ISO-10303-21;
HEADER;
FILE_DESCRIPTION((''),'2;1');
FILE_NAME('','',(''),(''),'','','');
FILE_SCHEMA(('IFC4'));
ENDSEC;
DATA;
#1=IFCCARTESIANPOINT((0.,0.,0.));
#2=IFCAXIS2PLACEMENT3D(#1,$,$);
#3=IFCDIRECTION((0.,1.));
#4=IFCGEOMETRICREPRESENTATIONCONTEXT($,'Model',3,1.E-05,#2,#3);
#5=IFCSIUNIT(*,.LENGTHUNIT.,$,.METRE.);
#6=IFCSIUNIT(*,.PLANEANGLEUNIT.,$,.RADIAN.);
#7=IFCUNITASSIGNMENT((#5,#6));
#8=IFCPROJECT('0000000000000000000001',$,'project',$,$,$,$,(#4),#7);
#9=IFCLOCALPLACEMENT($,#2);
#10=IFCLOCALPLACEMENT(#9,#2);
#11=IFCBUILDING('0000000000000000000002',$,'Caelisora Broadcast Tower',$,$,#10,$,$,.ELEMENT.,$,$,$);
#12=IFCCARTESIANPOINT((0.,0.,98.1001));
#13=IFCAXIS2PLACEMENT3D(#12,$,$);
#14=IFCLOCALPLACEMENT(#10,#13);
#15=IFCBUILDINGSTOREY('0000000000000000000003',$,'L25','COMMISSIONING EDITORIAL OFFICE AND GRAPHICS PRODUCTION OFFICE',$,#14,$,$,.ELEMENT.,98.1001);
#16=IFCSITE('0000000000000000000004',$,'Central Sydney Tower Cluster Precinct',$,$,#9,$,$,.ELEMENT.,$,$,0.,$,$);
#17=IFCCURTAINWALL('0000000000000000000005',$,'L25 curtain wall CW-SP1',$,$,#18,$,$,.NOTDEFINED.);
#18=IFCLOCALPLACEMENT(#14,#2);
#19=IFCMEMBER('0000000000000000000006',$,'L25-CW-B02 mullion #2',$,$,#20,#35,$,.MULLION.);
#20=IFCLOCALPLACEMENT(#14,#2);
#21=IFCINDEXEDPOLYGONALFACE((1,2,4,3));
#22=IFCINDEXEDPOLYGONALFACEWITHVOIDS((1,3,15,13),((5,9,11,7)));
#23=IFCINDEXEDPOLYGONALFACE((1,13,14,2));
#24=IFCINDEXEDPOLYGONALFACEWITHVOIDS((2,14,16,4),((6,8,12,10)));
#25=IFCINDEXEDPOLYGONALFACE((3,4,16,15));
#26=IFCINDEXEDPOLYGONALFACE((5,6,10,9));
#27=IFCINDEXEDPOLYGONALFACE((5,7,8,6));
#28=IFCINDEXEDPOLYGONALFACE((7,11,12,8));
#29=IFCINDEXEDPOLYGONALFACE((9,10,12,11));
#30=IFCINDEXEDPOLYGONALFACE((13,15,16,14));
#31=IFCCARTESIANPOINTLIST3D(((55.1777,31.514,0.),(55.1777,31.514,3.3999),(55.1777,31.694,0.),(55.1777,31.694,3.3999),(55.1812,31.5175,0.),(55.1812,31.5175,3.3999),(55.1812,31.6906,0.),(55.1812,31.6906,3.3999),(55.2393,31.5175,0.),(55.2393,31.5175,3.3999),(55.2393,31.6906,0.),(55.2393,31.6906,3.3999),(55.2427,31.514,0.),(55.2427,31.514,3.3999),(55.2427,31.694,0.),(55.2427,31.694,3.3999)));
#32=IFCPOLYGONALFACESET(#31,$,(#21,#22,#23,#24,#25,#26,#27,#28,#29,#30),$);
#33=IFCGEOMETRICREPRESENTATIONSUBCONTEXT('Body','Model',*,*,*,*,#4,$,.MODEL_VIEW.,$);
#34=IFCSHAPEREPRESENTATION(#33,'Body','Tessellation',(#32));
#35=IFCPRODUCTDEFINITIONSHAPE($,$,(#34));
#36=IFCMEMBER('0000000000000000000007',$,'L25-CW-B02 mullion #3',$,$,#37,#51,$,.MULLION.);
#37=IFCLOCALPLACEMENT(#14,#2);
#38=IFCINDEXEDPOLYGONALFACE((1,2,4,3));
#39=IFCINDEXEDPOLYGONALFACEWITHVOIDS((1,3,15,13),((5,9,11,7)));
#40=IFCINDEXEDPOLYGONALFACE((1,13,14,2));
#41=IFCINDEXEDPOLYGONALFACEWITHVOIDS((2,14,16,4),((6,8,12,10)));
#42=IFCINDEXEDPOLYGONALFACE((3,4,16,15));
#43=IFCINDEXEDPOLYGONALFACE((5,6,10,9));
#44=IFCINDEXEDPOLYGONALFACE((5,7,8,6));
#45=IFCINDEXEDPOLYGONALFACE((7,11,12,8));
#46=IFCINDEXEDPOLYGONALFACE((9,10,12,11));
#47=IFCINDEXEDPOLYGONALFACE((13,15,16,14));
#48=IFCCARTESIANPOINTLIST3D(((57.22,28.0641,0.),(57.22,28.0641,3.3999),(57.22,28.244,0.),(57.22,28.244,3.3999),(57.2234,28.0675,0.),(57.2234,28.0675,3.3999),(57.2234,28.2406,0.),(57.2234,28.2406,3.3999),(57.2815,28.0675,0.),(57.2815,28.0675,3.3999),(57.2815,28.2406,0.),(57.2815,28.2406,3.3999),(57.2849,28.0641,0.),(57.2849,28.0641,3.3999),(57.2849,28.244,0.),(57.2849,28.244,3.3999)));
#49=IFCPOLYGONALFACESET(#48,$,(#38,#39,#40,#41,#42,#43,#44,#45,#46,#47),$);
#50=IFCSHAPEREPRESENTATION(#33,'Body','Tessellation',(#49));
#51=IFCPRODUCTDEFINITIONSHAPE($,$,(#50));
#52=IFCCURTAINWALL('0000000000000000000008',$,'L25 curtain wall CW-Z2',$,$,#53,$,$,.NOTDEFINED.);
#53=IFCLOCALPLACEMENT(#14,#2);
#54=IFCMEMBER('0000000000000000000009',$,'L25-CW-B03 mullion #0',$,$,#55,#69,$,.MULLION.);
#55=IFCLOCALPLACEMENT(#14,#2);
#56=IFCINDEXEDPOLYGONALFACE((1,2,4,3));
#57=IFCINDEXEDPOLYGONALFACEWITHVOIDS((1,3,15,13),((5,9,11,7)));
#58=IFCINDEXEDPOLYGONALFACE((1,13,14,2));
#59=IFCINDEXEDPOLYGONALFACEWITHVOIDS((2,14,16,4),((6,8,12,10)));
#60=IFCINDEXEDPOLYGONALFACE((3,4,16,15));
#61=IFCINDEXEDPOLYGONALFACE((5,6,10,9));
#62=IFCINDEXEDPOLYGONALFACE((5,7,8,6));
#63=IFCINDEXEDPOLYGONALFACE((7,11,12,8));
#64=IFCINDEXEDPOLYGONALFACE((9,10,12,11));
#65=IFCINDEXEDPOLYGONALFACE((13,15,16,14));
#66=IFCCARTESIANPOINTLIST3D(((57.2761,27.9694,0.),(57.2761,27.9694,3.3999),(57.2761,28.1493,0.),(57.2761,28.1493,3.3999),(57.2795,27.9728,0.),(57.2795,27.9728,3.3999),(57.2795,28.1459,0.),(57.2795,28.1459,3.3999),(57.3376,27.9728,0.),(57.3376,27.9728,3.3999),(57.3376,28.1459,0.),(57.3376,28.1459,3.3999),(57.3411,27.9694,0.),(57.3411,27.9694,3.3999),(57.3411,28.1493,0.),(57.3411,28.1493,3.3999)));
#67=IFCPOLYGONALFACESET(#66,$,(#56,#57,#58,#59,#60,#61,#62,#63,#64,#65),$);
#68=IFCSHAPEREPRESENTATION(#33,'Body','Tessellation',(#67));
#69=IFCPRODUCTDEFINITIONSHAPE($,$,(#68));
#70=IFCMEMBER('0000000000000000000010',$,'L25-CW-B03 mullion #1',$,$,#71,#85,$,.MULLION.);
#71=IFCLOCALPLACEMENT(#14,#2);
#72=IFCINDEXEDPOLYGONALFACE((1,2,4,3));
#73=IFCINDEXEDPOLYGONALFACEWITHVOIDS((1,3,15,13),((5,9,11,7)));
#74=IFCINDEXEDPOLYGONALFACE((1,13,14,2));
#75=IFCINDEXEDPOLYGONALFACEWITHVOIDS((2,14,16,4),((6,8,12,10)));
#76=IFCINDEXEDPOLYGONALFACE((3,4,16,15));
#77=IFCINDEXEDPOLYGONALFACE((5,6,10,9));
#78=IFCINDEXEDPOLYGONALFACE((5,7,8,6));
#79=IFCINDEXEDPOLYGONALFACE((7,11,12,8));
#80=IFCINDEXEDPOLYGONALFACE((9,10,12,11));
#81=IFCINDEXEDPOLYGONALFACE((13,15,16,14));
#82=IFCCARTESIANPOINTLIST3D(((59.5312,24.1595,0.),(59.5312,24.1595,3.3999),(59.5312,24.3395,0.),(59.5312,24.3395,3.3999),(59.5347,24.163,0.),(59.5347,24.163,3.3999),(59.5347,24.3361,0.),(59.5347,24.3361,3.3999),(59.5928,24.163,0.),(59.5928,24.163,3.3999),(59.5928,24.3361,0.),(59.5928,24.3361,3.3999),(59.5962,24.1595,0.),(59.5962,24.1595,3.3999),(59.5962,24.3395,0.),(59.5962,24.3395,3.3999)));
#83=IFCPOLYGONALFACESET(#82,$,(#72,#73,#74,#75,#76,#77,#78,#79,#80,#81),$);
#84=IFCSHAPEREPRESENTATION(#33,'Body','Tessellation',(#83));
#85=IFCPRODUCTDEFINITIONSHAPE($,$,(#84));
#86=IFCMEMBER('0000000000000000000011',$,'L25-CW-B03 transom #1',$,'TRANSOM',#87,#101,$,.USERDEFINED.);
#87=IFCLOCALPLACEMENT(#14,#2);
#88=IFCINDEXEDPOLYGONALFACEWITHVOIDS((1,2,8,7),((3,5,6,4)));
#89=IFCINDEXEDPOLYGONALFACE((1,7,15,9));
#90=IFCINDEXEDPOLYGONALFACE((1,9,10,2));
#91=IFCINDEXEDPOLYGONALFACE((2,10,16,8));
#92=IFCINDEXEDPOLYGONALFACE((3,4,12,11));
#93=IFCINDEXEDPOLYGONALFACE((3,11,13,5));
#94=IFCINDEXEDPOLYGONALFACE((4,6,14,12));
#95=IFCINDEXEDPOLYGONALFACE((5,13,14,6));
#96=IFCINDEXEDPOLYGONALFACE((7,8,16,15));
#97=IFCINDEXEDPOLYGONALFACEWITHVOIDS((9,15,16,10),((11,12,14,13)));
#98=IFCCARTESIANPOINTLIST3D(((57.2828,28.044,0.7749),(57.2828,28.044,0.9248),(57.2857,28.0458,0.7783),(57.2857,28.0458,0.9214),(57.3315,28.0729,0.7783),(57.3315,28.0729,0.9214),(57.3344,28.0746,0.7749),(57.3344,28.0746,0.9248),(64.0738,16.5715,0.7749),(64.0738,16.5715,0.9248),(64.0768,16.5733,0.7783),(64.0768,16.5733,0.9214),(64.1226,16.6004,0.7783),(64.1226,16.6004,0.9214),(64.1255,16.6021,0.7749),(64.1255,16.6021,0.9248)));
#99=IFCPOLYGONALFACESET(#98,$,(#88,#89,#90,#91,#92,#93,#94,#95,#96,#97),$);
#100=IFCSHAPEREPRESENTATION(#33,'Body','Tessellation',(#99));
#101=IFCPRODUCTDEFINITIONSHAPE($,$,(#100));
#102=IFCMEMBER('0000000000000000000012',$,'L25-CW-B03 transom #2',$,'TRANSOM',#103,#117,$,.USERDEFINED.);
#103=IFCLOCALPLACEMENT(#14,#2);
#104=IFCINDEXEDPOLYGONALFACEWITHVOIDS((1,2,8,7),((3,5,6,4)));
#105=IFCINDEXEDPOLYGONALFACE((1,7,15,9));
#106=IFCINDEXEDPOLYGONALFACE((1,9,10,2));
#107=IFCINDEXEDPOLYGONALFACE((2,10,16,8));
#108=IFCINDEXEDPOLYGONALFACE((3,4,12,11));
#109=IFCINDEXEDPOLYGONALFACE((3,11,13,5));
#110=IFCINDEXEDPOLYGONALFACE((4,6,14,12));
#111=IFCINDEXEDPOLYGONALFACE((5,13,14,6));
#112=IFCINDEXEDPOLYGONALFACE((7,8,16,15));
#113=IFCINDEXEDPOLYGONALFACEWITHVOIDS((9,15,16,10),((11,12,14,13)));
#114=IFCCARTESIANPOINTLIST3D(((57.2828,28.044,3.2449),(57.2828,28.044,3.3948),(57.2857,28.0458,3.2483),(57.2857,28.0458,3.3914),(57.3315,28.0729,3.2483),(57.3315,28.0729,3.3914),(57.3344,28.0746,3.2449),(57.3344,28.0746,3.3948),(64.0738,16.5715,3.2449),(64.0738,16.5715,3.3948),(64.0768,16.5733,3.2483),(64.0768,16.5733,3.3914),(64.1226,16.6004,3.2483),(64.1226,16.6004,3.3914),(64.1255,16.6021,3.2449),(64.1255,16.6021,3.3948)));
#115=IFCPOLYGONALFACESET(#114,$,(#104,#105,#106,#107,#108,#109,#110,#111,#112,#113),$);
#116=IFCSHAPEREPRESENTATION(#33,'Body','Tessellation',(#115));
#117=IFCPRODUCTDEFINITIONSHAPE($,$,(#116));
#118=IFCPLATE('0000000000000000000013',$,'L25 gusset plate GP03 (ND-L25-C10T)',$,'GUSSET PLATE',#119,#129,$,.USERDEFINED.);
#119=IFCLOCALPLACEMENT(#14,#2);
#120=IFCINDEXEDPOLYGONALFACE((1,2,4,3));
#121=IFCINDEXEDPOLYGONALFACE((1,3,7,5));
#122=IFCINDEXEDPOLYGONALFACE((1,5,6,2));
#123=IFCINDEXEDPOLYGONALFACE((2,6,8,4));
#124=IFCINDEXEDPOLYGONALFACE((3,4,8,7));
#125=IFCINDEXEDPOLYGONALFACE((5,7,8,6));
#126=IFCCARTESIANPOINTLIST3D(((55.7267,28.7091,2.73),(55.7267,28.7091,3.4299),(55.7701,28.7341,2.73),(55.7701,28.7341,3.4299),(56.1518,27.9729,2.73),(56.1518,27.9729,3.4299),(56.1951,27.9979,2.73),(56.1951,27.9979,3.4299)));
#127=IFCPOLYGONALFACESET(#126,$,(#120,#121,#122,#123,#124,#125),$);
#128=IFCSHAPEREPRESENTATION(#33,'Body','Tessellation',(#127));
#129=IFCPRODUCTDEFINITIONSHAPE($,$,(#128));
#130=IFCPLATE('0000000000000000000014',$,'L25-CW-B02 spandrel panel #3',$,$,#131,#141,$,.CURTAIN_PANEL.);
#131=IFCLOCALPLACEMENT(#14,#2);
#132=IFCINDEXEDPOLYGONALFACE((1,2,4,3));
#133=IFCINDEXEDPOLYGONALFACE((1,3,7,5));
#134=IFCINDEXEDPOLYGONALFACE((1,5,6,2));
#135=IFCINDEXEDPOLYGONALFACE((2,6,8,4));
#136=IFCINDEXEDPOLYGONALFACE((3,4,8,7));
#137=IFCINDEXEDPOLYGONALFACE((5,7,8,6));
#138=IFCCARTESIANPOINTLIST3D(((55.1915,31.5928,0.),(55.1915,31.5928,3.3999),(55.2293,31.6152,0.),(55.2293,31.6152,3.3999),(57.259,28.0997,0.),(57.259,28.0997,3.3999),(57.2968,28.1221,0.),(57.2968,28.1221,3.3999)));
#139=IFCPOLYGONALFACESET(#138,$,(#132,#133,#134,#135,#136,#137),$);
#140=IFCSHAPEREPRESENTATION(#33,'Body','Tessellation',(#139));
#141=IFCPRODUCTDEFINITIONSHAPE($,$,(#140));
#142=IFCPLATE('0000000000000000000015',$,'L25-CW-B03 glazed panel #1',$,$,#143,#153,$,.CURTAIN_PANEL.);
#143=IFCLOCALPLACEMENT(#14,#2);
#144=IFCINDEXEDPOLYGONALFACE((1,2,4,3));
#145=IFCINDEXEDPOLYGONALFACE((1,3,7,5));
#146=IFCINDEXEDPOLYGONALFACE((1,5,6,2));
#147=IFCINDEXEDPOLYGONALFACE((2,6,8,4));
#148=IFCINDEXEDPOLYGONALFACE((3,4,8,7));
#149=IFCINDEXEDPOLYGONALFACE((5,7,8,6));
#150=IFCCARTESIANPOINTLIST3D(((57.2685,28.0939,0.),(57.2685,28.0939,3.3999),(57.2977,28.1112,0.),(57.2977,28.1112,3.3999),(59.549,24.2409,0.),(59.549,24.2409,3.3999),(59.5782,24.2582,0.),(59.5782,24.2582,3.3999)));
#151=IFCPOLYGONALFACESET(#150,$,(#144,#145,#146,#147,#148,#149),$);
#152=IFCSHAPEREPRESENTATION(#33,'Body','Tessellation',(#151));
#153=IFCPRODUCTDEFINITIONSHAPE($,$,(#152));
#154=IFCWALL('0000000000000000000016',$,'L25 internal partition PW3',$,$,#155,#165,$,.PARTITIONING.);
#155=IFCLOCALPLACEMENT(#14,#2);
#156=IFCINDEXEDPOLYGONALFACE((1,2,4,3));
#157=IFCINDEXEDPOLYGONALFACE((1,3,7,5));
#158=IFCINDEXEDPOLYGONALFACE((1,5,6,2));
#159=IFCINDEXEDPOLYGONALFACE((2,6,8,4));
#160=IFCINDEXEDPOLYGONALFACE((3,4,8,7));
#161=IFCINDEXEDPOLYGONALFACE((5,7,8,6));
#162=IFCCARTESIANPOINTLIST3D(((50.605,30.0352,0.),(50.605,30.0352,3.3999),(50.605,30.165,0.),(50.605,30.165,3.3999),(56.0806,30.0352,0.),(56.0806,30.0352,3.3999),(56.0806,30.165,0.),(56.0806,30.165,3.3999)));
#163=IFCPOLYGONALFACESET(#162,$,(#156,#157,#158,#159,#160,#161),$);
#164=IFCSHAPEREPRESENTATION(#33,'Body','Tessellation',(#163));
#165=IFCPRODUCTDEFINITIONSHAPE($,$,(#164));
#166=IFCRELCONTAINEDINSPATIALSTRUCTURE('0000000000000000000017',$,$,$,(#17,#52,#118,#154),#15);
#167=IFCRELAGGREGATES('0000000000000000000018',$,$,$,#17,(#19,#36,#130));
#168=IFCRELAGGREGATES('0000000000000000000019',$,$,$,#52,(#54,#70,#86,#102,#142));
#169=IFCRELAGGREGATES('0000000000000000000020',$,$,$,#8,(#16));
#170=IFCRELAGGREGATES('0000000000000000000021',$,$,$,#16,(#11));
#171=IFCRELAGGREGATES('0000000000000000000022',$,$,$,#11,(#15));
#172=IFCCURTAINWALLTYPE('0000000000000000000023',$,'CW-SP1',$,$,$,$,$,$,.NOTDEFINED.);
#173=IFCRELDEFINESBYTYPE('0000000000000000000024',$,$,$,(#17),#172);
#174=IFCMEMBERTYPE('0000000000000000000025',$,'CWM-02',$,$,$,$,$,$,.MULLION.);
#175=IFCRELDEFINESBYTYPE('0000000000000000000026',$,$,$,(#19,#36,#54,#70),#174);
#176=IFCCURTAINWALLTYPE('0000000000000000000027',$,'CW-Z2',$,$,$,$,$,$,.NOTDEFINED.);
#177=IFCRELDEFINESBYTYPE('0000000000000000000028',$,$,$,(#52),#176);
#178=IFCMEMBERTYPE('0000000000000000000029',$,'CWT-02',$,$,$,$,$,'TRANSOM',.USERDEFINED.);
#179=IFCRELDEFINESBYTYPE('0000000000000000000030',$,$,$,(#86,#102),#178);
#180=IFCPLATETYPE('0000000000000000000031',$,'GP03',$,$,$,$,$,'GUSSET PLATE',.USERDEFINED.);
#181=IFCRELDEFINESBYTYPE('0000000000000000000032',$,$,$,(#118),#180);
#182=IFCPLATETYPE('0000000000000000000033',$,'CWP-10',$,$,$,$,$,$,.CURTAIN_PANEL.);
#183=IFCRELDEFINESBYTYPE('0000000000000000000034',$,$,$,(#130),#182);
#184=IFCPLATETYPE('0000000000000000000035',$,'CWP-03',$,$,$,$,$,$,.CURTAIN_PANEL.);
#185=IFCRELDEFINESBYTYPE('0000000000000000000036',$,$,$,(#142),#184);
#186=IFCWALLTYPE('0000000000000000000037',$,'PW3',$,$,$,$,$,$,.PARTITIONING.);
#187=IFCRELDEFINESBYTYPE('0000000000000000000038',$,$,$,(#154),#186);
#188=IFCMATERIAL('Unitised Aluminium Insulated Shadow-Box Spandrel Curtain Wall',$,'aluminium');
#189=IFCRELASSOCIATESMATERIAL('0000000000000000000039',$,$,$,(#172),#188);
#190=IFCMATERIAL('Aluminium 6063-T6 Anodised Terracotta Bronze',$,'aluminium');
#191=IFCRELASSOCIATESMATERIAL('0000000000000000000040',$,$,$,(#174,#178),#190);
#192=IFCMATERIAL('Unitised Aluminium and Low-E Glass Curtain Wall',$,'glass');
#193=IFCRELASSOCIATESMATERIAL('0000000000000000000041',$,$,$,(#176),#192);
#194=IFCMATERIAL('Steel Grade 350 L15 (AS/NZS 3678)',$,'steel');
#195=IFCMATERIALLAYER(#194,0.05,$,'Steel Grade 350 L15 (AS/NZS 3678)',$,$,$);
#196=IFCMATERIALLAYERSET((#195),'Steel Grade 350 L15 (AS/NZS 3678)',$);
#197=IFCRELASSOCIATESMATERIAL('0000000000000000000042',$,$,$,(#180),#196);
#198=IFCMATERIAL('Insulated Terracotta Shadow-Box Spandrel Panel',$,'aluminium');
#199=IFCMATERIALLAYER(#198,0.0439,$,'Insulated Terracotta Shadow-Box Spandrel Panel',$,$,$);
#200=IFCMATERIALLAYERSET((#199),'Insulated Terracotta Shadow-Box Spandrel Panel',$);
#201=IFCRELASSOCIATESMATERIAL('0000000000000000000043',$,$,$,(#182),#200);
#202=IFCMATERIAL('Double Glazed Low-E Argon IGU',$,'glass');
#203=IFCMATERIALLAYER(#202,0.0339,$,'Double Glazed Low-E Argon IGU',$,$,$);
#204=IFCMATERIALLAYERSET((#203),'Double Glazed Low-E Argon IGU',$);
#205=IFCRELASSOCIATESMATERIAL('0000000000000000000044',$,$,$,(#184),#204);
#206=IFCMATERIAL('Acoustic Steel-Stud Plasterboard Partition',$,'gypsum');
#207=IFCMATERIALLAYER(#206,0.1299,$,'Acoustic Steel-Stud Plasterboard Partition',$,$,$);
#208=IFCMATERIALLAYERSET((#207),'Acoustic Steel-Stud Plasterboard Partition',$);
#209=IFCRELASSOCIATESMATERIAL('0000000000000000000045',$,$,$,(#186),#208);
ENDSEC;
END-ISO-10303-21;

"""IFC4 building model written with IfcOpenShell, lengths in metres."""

from ifc_helpers import new_model, si_unit, direction, frame, frame_2d, origin, origin_2d, place, context, subcontext, project, spatial, rectangle, hollow_rectangle, extrude, source, transform, mapped, material, layer, layer_set, material_profile, profile_set, type_object, type_shapes, element, aggregate, save


model = new_model("IFC4")

# Units and contexts
model_context = context("Model", 3, precision=1e-05, world=origin(), true_north=direction((0.0, 1.0)))
body_context = subcontext(model_context, "Body", "Model", "MODEL_VIEW")
ifc_project = project(units=[si_unit("LENGTHUNIT", "METRE"), si_unit("PLANEANGLEUNIT", "RADIAN")], contexts=[model_context])

# Site, building, storey
site_placement = place(None, origin())
site = spatial("IfcSite", under=ifc_project, at=site_placement, Name="Central Sydney Tower Cluster Precinct", CompositionType="ELEMENT", RefElevation=0.0)
building_placement = place(site_placement, origin())
building = spatial("IfcBuilding", under=site, at=building_placement, Name="Caelisora Broadcast Tower", CompositionType="ELEMENT")
storey_placement = place(building_placement, frame((0.0, 0.0, 98.1001)))
storey = spatial("IfcBuildingStorey", under=building, at=storey_placement, Name="L25", Description="COMMISSIONING EDITORIAL OFFICE AND GRAPHICS PRODUCTION OFFICE", CompositionType="ELEMENT", Elevation=98.1001)

# Shared definitions
ifc_material_1 = material(Name="Steel Grade 350 L15 (AS/NZS 3678)", Category="steel")

# Curtain walls, members
ifc_material_2 = material(Name="Unitised Aluminium Insulated Shadow-Box Spandrel Curtain Wall", Category="aluminium")
curtain_wall_type_1 = type_object("IfcCurtainWallType", Name="CW-SP1", PredefinedType="NOTDEFINED", material=ifc_material_2)
curtain_wall_1_placement = place(storey_placement, origin())
curtain_wall_1 = element("IfcCurtainWall", 1, at=curtain_wall_1_placement, inside=storey, type_object=curtain_wall_type_1, Name="L25 curtain wall CW-SP1", PredefinedType="NOTDEFINED")
ifc_material_3 = material(Name="Aluminium 6063-T6 Anodised Terracotta Bronze", Category="aluminium")
ifc_material_profile_1 = material_profile(ifc_material_3, hollow_rectangle(XDim=0.0649, YDim=0.1799, WallThickness=0.0034, at=origin_2d()), Name="Aluminium 6063-T6 Anodised Terracotta Bronze")
ifc_profile_set_1 = profile_set([ifc_material_profile_1], Name="Aluminium 6063-T6 Anodised Terracotta Bronze")
member_type_1 = type_object("IfcMemberType", Name="CWM-02", PredefinedType="MULLION", material=ifc_profile_set_1)
shared_shape_1 = source(origin(), body_context, "Body", "SweptSolid", [
    extrude(hollow_rectangle(XDim=0.0649, YDim=0.1799, WallThickness=0.0034, at=origin_2d()), origin(), (0.0, 0.0, 1.0), 3.3999),
])
type_shapes(member_type_1, [shared_shape_1])
member_1_placement = place(storey_placement, frame((55.2102, 31.604, 0.0), z_axis=(0.0, 0.0, 1.0), x_axis=(1.0, 0.0, 0.0)))
member_1 = element("IfcMember", 2, at=member_1_placement, type_object=member_type_1, Name="L25-CW-B02 mullion #2", PredefinedType="MULLION", context=body_context, shape_type="MappedRepresentation", body=[
    mapped(shared_shape_1, transform((0.0, 0.0, 0.0), scale=1.0)),
])
member_2_placement = place(storey_placement, frame((57.2524, 28.1541, 0.0), z_axis=(0.0, 0.0, 1.0), x_axis=(1.0, 0.0, 0.0)))
member_2 = element("IfcMember", 3, at=member_2_placement, type_object=member_type_1, Name="L25-CW-B02 mullion #3", PredefinedType="MULLION", context=body_context, shape_type="MappedRepresentation", body=[
    mapped(shared_shape_1, transform((0.0, 0.0, 0.0), scale=1.0)),
])
ifc_material_4 = material(Name="Unitised Aluminium and Low-E Glass Curtain Wall", Category="glass")
curtain_wall_type_2 = type_object("IfcCurtainWallType", Name="CW-Z2", PredefinedType="NOTDEFINED", material=ifc_material_4)
curtain_wall_2_placement = place(storey_placement, origin())
curtain_wall_2 = element("IfcCurtainWall", 4, at=curtain_wall_2_placement, inside=storey, type_object=curtain_wall_type_2, Name="L25 curtain wall CW-Z2", PredefinedType="NOTDEFINED")
member_3_placement = place(storey_placement, frame((57.3086, 28.0593, 0.0), z_axis=(0.0, 0.0, 1.0), x_axis=(1.0, 0.0, 0.0)))
member_3 = element("IfcMember", 5, at=member_3_placement, type_object=member_type_1, Name="L25-CW-B03 mullion #0", PredefinedType="MULLION", context=body_context, shape_type="MappedRepresentation", body=[
    mapped(shared_shape_1, transform((0.0, 0.0, 0.0), scale=1.0)),
])
member_4_placement = place(storey_placement, frame((59.5637, 24.2495, 0.0), z_axis=(0.0, 0.0, 1.0), x_axis=(1.0, 0.0, 0.0)))
member_4 = element("IfcMember", 6, at=member_4_placement, type_object=member_type_1, Name="L25-CW-B03 mullion #1", PredefinedType="MULLION", context=body_context, shape_type="MappedRepresentation", body=[
    mapped(shared_shape_1, transform((0.0, 0.0, 0.0), scale=1.0)),
])
ifc_material_profile_2 = material_profile(ifc_material_3, hollow_rectangle(XDim=0.0601, YDim=0.1499, WallThickness=0.0034, at=origin_2d()), Name="Aluminium 6063-T6 Anodised Terracotta Bronze")
ifc_profile_set_2 = profile_set([ifc_material_profile_2], Name="Aluminium 6063-T6 Anodised Terracotta Bronze")
member_type_2 = type_object("IfcMemberType", Name="CWT-02", ElementType="TRANSOM", PredefinedType="USERDEFINED", material=ifc_profile_set_2)
shared_shape_2 = source(origin(), body_context, "Body", "SweptSolid", [
    extrude(hollow_rectangle(XDim=0.0601, YDim=0.1499, WallThickness=0.0034, at=origin_2d()), origin(), (0.0, 0.0, 1.0), 13.3318),
])
type_shapes(member_type_2, [shared_shape_2])
member_5_placement = place(storey_placement, frame((57.3086, 28.0593, 0.8499), z_axis=(0.509389, -0.860537, 0.0), x_axis=(0.860537, 0.509389, 0.0)))
member_5 = element("IfcMember", 7, at=member_5_placement, type_object=member_type_2, Name="L25-CW-B03 transom #1", ObjectType="TRANSOM", PredefinedType="USERDEFINED", context=body_context, shape_type="MappedRepresentation", body=[
    mapped(shared_shape_2, transform((0.0, 0.0, 0.0), scale=1.0)),
])
member_6_placement = place(storey_placement, frame((57.3086, 28.0593, 3.3198), z_axis=(0.509389, -0.860537, 0.0), x_axis=(0.860537, 0.509389, 0.0)))
member_6 = element("IfcMember", 8, at=member_6_placement, type_object=member_type_2, Name="L25-CW-B03 transom #2", ObjectType="TRANSOM", PredefinedType="USERDEFINED", context=body_context, shape_type="MappedRepresentation", body=[
    mapped(shared_shape_2, transform((0.0, 0.0, 0.0), scale=1.0)),
])

# Plates
ifc_layer_1 = layer(ifc_material_1, 0.05, Name="Steel Grade 350 L15 (AS/NZS 3678)")
ifc_layer_set_1 = layer_set([ifc_layer_1], Name="Steel Grade 350 L15 (AS/NZS 3678)")
plate_type_1 = type_object("IfcPlateType", Name="GP03", ElementType="GUSSET PLATE", PredefinedType="USERDEFINED", material=ifc_layer_set_1)
shared_shape_3 = source(origin(), body_context, "Body", "SweptSolid", [
    extrude(rectangle(XDim=0.8501, YDim=0.05, at=origin_2d()), origin(), (0.0, 0.0, 1.0), 0.7),
])
type_shapes(plate_type_1, [shared_shape_3])
plate_1_placement = place(storey_placement, frame((55.9609, 28.3535, 2.73), z_axis=(0.0, 0.0, 1.0), x_axis=(-0.5, 0.866025, 0.0)))
element("IfcPlate", 9, at=plate_1_placement, inside=storey, type_object=plate_type_1, Name="L25 gusset plate GP03 (ND-L25-C10T)", ObjectType="GUSSET PLATE", PredefinedType="USERDEFINED", context=body_context, shape_type="MappedRepresentation", body=[
    mapped(shared_shape_3, transform((0.0, 0.0, 0.0), scale=1.0)),
])
ifc_material_5 = material(Name="Insulated Terracotta Shadow-Box Spandrel Panel", Category="aluminium")
ifc_layer_2 = layer(ifc_material_5, 0.0439, Name="Insulated Terracotta Shadow-Box Spandrel Panel")
ifc_layer_set_2 = layer_set([ifc_layer_2], Name="Insulated Terracotta Shadow-Box Spandrel Panel")
plate_type_2 = type_object("IfcPlateType", Name="CWP-10", PredefinedType="CURTAIN_PANEL", material=ifc_layer_set_2)
shared_shape_4 = source(origin(), body_context, "Body", "SweptSolid", [
    extrude(rectangle(XDim=4.0591, YDim=0.0439, at=origin_2d()), origin(), (0.0, 0.0, 1.0), 3.3999),
])
type_shapes(plate_type_2, [shared_shape_4])
plate_2_placement = place(storey_placement, frame((56.2441, 29.8574, 0.0), z_axis=(0.0, 0.0, 1.0), x_axis=(0.509342, -0.860564, 0.0)))
plate_2 = element("IfcPlate", 10, at=plate_2_placement, type_object=plate_type_2, Name="L25-CW-B02 spandrel panel #3", PredefinedType="CURTAIN_PANEL", context=body_context, shape_type="MappedRepresentation", body=[
    mapped(shared_shape_4, transform((0.0, 0.0, 0.0), scale=1.0)),
])
aggregate(curtain_wall_1, [member_1, member_2, plate_2])
ifc_material_6 = material(Name="Double Glazed Low-E Argon IGU", Category="glass")
ifc_layer_3 = layer(ifc_material_6, 0.0339, Name="Double Glazed Low-E Argon IGU")
ifc_layer_set_3 = layer_set([ifc_layer_3], Name="Double Glazed Low-E Argon IGU")
plate_type_3 = type_object("IfcPlateType", Name="CWP-03", PredefinedType="CURTAIN_PANEL", material=ifc_layer_set_3)
shared_shape_5 = source(origin(), body_context, "Body", "SweptSolid", [
    extrude(rectangle(XDim=4.4773, YDim=0.0339, at=origin_2d()), origin(), (0.0, 0.0, 1.0), 3.3999),
])
type_shapes(plate_type_3, [shared_shape_5])
plate_3_placement = place(storey_placement, frame((58.4233, 26.176, 0.0), z_axis=(0.0, 0.0, 1.0), x_axis=(0.509342, -0.860564, 0.0)))
plate_3 = element("IfcPlate", 11, at=plate_3_placement, type_object=plate_type_3, Name="L25-CW-B03 glazed panel #1", PredefinedType="CURTAIN_PANEL", context=body_context, shape_type="MappedRepresentation", body=[
    mapped(shared_shape_5, transform((0.0, 0.0, 0.0), scale=1.0)),
])
aggregate(curtain_wall_2, [member_3, member_4, member_5, member_6, plate_3])

# Wall
ifc_material_7 = material(Name="Acoustic Steel-Stud Plasterboard Partition", Category="gypsum")
ifc_layer_4 = layer(ifc_material_7, 0.1299, Name="Acoustic Steel-Stud Plasterboard Partition")
ifc_layer_set_4 = layer_set([ifc_layer_4], Name="Acoustic Steel-Stud Plasterboard Partition")
wall_type_1 = type_object("IfcWallType", Name="PW3", PredefinedType="PARTITIONING", material=ifc_layer_set_4)
wall_1_placement = place(storey_placement, frame((50.605, 30.1001, 0.0), z_axis=(0.0, 0.0, 1.0), x_axis=(1.0, 0.0, 0.0)))
element("IfcWall", 12, at=wall_1_placement, inside=storey, type_object=wall_type_1, Name="L25 internal partition PW3", PredefinedType="PARTITIONING", context=body_context, shape_type="SweptSolid", body=[
    extrude(rectangle(XDim=5.4756, YDim=0.1299, at=frame_2d((2.7378, 0.0))), origin(), (0.0, 0.0, 1.0), 3.3999),
])

save(model, "model.ifc")
